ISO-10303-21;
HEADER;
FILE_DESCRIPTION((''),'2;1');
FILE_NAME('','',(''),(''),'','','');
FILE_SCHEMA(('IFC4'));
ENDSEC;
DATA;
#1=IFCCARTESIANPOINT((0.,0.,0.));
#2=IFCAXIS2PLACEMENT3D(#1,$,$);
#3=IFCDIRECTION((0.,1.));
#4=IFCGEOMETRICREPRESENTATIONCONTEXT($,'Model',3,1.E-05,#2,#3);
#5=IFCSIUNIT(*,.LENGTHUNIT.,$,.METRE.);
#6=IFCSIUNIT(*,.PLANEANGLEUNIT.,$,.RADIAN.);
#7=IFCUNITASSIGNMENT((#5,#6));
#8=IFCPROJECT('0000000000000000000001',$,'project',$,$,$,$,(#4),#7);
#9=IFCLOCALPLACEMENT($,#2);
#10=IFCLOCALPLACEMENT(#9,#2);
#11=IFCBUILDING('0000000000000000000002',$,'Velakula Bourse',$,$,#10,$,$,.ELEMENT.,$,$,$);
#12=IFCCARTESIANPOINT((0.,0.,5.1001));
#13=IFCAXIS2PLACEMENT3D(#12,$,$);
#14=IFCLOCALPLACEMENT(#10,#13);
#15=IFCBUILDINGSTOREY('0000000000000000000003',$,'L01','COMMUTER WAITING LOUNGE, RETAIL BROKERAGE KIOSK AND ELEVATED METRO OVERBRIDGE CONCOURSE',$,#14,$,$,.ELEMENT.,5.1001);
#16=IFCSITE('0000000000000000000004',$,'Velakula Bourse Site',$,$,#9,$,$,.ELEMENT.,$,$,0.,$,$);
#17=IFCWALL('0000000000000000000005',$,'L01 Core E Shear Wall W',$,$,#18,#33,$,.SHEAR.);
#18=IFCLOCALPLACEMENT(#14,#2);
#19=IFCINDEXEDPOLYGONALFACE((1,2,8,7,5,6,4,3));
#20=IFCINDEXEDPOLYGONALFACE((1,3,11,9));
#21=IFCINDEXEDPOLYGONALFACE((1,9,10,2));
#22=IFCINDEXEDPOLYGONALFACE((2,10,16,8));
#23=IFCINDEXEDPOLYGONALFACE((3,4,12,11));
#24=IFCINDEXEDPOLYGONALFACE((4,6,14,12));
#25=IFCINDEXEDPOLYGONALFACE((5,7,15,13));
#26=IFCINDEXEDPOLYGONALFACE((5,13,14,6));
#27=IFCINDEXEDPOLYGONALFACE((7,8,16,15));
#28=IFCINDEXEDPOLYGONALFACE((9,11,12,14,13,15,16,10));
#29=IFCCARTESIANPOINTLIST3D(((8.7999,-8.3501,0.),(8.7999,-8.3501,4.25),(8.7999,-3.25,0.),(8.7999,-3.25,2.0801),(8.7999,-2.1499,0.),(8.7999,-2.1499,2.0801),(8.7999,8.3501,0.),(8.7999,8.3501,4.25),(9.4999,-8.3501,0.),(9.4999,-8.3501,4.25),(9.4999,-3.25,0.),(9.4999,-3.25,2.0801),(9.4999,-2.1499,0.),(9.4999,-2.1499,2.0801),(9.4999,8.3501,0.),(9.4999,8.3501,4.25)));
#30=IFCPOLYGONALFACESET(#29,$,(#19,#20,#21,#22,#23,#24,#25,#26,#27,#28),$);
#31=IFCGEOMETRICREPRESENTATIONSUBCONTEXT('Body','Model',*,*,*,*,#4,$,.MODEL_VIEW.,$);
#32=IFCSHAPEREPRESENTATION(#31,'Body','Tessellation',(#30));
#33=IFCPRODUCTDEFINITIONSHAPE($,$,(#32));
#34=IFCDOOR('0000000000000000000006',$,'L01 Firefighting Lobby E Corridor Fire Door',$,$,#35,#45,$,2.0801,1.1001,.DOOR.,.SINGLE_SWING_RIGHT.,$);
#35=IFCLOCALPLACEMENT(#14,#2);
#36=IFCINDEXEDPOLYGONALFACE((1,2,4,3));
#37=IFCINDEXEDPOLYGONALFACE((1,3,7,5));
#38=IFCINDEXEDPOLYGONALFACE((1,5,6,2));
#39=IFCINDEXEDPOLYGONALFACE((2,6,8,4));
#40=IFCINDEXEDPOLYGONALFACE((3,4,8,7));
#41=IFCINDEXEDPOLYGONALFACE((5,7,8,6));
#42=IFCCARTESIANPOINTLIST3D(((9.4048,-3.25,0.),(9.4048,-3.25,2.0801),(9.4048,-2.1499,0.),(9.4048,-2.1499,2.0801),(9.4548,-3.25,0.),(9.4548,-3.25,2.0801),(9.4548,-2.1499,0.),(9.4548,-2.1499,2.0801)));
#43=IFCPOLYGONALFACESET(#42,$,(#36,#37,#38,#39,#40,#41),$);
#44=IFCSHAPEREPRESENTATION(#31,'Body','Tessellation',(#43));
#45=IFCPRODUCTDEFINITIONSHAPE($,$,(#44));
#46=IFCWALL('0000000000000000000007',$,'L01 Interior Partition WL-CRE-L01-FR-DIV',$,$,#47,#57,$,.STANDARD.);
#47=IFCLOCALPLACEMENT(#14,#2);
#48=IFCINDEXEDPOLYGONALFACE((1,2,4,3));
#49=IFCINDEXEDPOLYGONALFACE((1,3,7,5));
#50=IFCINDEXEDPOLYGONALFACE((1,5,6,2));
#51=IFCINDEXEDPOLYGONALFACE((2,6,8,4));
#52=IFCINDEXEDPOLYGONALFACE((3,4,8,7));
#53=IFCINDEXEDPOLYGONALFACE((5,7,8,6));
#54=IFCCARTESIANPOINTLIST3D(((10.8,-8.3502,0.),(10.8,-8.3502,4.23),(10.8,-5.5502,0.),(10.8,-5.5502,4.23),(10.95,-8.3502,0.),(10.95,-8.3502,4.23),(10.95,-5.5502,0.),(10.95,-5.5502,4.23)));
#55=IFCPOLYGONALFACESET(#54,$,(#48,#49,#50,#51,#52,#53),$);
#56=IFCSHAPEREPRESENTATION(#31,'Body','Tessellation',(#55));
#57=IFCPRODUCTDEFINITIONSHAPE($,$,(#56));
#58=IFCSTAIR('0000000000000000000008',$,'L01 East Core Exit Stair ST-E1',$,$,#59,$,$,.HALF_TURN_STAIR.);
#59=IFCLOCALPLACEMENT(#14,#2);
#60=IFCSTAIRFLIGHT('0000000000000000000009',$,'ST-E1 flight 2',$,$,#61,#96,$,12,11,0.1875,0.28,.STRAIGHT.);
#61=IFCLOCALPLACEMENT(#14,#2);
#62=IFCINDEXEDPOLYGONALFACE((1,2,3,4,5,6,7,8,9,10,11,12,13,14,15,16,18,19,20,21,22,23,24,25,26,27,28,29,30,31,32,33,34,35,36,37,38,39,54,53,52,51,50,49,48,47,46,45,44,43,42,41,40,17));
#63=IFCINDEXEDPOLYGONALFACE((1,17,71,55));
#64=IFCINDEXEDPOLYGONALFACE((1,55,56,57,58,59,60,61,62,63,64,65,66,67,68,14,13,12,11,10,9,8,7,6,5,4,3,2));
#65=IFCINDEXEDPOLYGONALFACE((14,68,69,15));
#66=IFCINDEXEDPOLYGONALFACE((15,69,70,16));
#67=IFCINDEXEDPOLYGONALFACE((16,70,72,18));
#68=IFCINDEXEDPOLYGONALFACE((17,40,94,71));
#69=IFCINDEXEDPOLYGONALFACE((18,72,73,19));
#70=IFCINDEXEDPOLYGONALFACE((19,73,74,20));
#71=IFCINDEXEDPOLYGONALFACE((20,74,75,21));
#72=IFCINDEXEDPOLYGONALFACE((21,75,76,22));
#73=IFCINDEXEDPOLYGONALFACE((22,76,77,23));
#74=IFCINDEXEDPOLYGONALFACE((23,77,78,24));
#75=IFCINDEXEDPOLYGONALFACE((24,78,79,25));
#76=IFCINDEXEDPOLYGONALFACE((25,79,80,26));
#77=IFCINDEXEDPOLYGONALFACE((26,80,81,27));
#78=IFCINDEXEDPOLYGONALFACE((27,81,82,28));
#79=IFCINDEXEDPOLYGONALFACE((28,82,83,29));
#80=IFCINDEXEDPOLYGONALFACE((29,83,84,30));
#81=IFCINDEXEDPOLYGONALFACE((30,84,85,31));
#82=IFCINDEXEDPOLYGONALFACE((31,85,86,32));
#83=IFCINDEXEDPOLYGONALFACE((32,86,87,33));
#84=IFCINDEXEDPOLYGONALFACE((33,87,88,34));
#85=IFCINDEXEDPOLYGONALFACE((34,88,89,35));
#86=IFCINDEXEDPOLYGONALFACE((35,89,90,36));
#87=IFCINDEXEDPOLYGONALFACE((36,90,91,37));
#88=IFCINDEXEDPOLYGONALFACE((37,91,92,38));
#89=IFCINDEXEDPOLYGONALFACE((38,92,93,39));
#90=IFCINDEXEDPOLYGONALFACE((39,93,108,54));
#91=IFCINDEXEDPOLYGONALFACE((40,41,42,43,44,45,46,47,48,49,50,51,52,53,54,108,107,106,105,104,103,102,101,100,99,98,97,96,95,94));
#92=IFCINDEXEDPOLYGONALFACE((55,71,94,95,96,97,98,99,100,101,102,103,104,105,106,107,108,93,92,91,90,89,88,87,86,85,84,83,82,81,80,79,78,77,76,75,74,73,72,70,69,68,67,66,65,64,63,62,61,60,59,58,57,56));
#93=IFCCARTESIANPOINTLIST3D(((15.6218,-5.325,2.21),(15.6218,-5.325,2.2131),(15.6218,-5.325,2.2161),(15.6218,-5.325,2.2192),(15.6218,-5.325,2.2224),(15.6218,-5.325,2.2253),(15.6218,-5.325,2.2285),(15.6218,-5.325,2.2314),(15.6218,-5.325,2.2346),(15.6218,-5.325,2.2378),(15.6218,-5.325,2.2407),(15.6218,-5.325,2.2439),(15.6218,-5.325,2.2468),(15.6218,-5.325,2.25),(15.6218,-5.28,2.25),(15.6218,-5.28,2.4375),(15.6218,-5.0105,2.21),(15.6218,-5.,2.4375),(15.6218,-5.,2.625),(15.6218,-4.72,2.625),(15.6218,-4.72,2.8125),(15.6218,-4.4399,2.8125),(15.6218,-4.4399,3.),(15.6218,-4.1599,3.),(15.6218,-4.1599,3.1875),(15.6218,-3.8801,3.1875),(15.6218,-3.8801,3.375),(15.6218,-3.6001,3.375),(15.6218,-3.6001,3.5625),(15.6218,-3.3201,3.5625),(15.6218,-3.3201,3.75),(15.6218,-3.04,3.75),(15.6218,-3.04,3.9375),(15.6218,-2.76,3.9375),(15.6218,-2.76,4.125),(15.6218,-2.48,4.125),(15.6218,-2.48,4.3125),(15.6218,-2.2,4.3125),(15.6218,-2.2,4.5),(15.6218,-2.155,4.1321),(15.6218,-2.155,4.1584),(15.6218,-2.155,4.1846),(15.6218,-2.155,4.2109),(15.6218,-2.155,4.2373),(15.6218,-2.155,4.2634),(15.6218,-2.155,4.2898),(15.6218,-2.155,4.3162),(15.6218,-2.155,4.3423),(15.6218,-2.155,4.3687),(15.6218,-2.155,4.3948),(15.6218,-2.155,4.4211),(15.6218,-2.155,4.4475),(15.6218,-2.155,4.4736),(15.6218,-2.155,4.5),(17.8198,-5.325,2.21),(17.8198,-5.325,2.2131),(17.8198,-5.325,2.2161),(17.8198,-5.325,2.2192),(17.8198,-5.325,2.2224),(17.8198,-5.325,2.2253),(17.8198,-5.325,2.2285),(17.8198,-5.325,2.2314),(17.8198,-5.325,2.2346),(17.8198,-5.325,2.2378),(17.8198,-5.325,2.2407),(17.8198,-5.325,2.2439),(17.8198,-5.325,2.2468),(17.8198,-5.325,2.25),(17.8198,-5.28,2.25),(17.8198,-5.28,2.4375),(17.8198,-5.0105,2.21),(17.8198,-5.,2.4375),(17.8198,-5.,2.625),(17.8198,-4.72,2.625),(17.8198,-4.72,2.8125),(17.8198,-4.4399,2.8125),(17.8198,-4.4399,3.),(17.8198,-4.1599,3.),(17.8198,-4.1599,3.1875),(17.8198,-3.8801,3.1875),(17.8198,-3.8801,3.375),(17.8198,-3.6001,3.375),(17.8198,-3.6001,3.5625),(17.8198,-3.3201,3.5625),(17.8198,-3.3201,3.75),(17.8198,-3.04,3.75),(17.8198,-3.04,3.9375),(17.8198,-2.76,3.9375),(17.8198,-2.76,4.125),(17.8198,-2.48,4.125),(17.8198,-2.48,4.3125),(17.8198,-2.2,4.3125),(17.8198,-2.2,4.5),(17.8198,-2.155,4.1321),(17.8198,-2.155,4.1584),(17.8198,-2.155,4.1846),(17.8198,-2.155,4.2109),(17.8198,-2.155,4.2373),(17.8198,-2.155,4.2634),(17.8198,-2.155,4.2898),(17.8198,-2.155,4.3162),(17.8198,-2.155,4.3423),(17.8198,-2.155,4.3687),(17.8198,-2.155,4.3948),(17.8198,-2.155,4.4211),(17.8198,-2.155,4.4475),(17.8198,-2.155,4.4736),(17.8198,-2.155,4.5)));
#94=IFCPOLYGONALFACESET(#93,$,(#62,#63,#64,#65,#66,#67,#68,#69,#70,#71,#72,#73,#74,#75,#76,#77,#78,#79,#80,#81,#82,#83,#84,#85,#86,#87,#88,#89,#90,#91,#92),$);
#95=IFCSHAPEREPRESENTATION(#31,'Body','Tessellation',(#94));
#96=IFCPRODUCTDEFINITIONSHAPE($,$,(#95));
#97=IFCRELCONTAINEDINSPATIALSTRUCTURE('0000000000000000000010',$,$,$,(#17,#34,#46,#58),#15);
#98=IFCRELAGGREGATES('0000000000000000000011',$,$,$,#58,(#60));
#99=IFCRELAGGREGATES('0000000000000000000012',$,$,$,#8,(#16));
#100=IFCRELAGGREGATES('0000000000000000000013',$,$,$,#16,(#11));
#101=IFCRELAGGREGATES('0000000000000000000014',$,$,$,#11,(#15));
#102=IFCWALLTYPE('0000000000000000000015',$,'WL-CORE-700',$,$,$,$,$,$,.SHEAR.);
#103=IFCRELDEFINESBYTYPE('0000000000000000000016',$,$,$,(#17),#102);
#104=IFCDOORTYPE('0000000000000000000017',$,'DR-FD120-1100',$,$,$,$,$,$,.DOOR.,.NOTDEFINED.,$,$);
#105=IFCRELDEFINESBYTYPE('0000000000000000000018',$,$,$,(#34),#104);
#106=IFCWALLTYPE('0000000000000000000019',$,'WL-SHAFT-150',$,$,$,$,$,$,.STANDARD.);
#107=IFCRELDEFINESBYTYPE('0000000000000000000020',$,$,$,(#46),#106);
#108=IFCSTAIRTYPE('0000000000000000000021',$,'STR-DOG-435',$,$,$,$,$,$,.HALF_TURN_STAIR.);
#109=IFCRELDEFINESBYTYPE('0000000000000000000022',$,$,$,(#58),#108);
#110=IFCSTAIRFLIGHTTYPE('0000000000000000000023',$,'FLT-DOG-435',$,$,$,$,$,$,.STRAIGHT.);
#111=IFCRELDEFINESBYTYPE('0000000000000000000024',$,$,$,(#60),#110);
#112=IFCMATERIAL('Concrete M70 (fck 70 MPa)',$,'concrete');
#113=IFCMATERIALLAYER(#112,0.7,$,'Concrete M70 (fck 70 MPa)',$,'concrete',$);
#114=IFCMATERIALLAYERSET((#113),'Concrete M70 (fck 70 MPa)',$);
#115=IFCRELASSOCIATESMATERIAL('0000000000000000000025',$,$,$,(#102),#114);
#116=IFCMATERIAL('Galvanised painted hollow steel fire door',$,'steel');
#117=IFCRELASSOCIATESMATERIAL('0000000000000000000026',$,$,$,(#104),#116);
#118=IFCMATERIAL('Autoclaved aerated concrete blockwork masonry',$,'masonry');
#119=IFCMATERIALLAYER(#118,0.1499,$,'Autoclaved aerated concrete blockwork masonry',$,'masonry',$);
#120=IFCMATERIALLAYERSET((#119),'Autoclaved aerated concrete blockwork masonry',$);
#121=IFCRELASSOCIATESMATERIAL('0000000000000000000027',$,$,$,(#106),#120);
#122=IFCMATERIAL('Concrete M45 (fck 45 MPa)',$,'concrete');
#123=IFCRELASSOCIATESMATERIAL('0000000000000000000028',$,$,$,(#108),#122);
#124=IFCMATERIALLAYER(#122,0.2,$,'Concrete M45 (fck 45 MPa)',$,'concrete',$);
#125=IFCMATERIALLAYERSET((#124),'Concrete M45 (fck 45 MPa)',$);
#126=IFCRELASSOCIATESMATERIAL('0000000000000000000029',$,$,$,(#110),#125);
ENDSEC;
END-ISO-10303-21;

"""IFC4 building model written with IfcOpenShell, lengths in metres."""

from ifc_helpers import new_model, si_unit, direction, frame, frame_2d, origin, place, context, subcontext, project, spatial, polyline, rectangle, outline, extrude, material, layer, layer_set, type_object, element, fill, aggregate, save


model = new_model("IFC4")

# Units and contexts
model_context = context("Model", 3, precision=1e-05, world=origin(), true_north=direction((0.0, 1.0)))
body_context = subcontext(model_context, "Body", "Model", "MODEL_VIEW")
ifc_project = project(units=[si_unit("LENGTHUNIT", "METRE"), si_unit("PLANEANGLEUNIT", "RADIAN")], contexts=[model_context])

# Site, building, storey
site_placement = place(None, origin())
site = spatial("IfcSite", under=ifc_project, at=site_placement, Name="Velakula Bourse Site", CompositionType="ELEMENT", RefElevation=0.0)
building_placement = place(site_placement, origin())
building = spatial("IfcBuilding", under=site, at=building_placement, Name="Velakula Bourse", CompositionType="ELEMENT")
storey_placement = place(building_placement, frame((0.0, 0.0, 5.1001)))
storey = spatial("IfcBuildingStorey", under=building, at=storey_placement, Name="L01", Description="COMMUTER WAITING LOUNGE, RETAIL BROKERAGE KIOSK AND ELEVATED METRO OVERBRIDGE CONCOURSE", CompositionType="ELEMENT", Elevation=5.1001)

# Shared definitions
ifc_material_1 = material(Name="Concrete M70 (fck 70 MPa)", Category="concrete")

# Shared definitions
ifc_material_2 = material(Name="Galvanised painted hollow steel fire door", Category="steel")

# Shared definitions
ifc_layer_1 = layer(ifc_material_1, 0.7, Name="Concrete M70 (fck 70 MPa)", Category="concrete")
ifc_layer_set_1 = layer_set([ifc_layer_1], Name="Concrete M70 (fck 70 MPa)")
wall_type_1 = type_object("IfcWallType", Name="WL-CORE-700", PredefinedType="SHEAR", material=ifc_layer_set_1)

# Wall, opening, door
wall_1_placement = place(storey_placement, frame((9.1499, -8.3501, 0.0), z_axis=(0.0, 0.0, 1.0), x_axis=(0.0, 1.0, 0.0)))
wall_1 = element("IfcWall", 1, at=wall_1_placement, inside=storey, type_object=wall_type_1, Name="L01 Core E Shear Wall W", PredefinedType="SHEAR", context=body_context, shape_type="SweptSolid", body=[
    extrude(rectangle(XDim=16.7002, YDim=0.7, at=frame_2d((8.3501, 0.0))), origin(), (0.0, 0.0, 1.0), 4.25),
])
opening_1_placement = place(wall_1_placement, frame((5.1001, 0.0, 0.0)))
opening_1 = element("IfcOpeningElement", 2, at=opening_1_placement, cuts=wall_1, PredefinedType="OPENING", context=body_context, shape_type="SweptSolid", body=[
    extrude(rectangle(XDim=1.1001, YDim=2.0801, at=frame_2d((0.55, 1.04))), frame((0.0, 0.3599, 0.0), z_axis=(0.0, -1.0, 0.0), x_axis=(1.0, 0.0, 0.0)), (0.0, 0.0, 1.0), 0.72),
])
door_type_1 = type_object("IfcDoorType", Name="DR-FD120-1100", OperationType="NOTDEFINED", PredefinedType="DOOR", material=ifc_material_2)
door_1_placement = place(opening_1_placement, origin())
door_1 = element("IfcDoor", 3, at=door_1_placement, inside=storey, type_object=door_type_1, Name="L01 Firefighting Lobby E Corridor Fire Door", OperationType="SINGLE_SWING_RIGHT", OverallHeight=2.0801, OverallWidth=1.1001, PredefinedType="DOOR", context=body_context, shape_type="SweptSolid", body=[
    extrude(rectangle(XDim=1.1001, YDim=2.0801, at=frame_2d((0.55, 1.04))), frame((0.0, -0.2549, 0.0), z_axis=(0.0, -1.0, 0.0), x_axis=(1.0, 0.0, 0.0)), (0.0, 0.0, 1.0), 0.05),
])
fill(opening_1, door_1)

# Shared definitions
ifc_material_3 = material(Name="Autoclaved aerated concrete blockwork masonry", Category="masonry")
ifc_layer_2 = layer(ifc_material_3, 0.1499, Name="Autoclaved aerated concrete blockwork masonry", Category="masonry")
ifc_layer_set_2 = layer_set([ifc_layer_2], Name="Autoclaved aerated concrete blockwork masonry")
wall_type_2 = type_object("IfcWallType", Name="WL-SHAFT-150", PredefinedType="STANDARD", material=ifc_layer_set_2)

# Wall
wall_2_placement = place(storey_placement, frame((10.875, -8.3501, 0.0), z_axis=(0.0, 0.0, 1.0), x_axis=(0.0, 1.0, 0.0)))
element("IfcWall", 4, at=wall_2_placement, inside=storey, type_object=wall_type_2, Name="L01 Interior Partition WL-CRE-L01-FR-DIV", PredefinedType="STANDARD", context=body_context, shape_type="SweptSolid", body=[
    extrude(rectangle(XDim=2.8, YDim=0.1499, at=frame_2d((1.3999, 0.0))), origin(), (0.0, 0.0, 1.0), 4.23),
])

# Stair, stair flight
ifc_material_4 = material(Name="Concrete M45 (fck 45 MPa)", Category="concrete")
stair_type = type_object("IfcStairType", Name="STR-DOG-435", PredefinedType="HALF_TURN_STAIR", material=ifc_material_4)
stair_placement = place(storey_placement, origin())
stair = element("IfcStair", 5, at=stair_placement, inside=storey, type_object=stair_type, Name="L01 East Core Exit Stair ST-E1", PredefinedType="HALF_TURN_STAIR")
ifc_layer_3 = layer(ifc_material_4, 0.2, Name="Concrete M45 (fck 45 MPa)", Category="concrete")
ifc_layer_set_3 = layer_set([ifc_layer_3], Name="Concrete M45 (fck 45 MPa)")
stair_flight_type = type_object("IfcStairFlightType", Name="FLT-DOG-435", PredefinedType="STRAIGHT", material=ifc_layer_set_3)
stair_flight_placement = place(storey_placement, frame((16.7209, -5.28, 2.25), z_axis=(0.0, 0.0, 1.0), x_axis=(0.0, 1.0, 0.0)))
stair_flight = element("IfcStairFlight", 6, at=stair_flight_placement, type_object=stair_flight_type, Name="ST-E1 flight 2", NumberOfRisers=12, NumberOfTreads=11, PredefinedType="STRAIGHT", RiserHeight=0.1875, TreadLength=0.28, context=body_context, shape_type="SweptSolid", body=[
    extrude(outline(polyline([(-0.0449, -0.04), (-0.0449, -0.0369), (-0.0449, -0.0339), (-0.0449, -0.0308), (-0.0449, -0.0276), (-0.0449, -0.0247), (-0.0449, -0.0215), (-0.0449, -0.0186), (-0.0449, -0.0154), (-0.0449, -0.0122), (-0.0449, -0.0093), (-0.0449, -0.0061), (-0.0449, -0.0032), (-0.0449, 0.0), (0.0, 0.0), (0.0, 0.1875), (0.28, 0.1875), (0.28, 0.375), (0.5601, 0.375), (0.5601, 0.5625), (0.8401, 0.5625), (0.8401, 0.75), (1.1201, 0.75), (1.1201, 0.9375), (1.3999, 0.9375), (1.3999, 1.125), (1.6799, 1.125), (1.6799, 1.3125), (1.96, 1.3125), (1.96, 1.5), (2.24, 1.5), (2.24, 1.6875), (2.52, 1.6875), (2.52, 1.875), (2.8, 1.875), (2.8, 2.0625), (3.0801, 2.0625), (3.0801, 2.25), (3.125, 2.25), (3.125, 2.2236), (3.125, 2.1975), (3.125, 2.1711), (3.125, 2.1448), (3.125, 2.1187), (3.125, 2.0923), (3.125, 2.0662), (3.125, 2.0398), (3.125, 2.0134), (3.125, 1.9873), (3.125, 1.9609), (3.125, 1.9346), (3.125, 1.9084), (3.125, 1.8821), (0.2695, -0.04), (-0.0449, -0.04)])), frame((0.0, 1.0991, 0.0), z_axis=(0.0, -1.0, 0.0), x_axis=(1.0, 0.0, 0.0)), (0.0, 0.0, 1.0), 2.198),
])
aggregate(stair, [stair_flight])

save(model, "model.ifc")
